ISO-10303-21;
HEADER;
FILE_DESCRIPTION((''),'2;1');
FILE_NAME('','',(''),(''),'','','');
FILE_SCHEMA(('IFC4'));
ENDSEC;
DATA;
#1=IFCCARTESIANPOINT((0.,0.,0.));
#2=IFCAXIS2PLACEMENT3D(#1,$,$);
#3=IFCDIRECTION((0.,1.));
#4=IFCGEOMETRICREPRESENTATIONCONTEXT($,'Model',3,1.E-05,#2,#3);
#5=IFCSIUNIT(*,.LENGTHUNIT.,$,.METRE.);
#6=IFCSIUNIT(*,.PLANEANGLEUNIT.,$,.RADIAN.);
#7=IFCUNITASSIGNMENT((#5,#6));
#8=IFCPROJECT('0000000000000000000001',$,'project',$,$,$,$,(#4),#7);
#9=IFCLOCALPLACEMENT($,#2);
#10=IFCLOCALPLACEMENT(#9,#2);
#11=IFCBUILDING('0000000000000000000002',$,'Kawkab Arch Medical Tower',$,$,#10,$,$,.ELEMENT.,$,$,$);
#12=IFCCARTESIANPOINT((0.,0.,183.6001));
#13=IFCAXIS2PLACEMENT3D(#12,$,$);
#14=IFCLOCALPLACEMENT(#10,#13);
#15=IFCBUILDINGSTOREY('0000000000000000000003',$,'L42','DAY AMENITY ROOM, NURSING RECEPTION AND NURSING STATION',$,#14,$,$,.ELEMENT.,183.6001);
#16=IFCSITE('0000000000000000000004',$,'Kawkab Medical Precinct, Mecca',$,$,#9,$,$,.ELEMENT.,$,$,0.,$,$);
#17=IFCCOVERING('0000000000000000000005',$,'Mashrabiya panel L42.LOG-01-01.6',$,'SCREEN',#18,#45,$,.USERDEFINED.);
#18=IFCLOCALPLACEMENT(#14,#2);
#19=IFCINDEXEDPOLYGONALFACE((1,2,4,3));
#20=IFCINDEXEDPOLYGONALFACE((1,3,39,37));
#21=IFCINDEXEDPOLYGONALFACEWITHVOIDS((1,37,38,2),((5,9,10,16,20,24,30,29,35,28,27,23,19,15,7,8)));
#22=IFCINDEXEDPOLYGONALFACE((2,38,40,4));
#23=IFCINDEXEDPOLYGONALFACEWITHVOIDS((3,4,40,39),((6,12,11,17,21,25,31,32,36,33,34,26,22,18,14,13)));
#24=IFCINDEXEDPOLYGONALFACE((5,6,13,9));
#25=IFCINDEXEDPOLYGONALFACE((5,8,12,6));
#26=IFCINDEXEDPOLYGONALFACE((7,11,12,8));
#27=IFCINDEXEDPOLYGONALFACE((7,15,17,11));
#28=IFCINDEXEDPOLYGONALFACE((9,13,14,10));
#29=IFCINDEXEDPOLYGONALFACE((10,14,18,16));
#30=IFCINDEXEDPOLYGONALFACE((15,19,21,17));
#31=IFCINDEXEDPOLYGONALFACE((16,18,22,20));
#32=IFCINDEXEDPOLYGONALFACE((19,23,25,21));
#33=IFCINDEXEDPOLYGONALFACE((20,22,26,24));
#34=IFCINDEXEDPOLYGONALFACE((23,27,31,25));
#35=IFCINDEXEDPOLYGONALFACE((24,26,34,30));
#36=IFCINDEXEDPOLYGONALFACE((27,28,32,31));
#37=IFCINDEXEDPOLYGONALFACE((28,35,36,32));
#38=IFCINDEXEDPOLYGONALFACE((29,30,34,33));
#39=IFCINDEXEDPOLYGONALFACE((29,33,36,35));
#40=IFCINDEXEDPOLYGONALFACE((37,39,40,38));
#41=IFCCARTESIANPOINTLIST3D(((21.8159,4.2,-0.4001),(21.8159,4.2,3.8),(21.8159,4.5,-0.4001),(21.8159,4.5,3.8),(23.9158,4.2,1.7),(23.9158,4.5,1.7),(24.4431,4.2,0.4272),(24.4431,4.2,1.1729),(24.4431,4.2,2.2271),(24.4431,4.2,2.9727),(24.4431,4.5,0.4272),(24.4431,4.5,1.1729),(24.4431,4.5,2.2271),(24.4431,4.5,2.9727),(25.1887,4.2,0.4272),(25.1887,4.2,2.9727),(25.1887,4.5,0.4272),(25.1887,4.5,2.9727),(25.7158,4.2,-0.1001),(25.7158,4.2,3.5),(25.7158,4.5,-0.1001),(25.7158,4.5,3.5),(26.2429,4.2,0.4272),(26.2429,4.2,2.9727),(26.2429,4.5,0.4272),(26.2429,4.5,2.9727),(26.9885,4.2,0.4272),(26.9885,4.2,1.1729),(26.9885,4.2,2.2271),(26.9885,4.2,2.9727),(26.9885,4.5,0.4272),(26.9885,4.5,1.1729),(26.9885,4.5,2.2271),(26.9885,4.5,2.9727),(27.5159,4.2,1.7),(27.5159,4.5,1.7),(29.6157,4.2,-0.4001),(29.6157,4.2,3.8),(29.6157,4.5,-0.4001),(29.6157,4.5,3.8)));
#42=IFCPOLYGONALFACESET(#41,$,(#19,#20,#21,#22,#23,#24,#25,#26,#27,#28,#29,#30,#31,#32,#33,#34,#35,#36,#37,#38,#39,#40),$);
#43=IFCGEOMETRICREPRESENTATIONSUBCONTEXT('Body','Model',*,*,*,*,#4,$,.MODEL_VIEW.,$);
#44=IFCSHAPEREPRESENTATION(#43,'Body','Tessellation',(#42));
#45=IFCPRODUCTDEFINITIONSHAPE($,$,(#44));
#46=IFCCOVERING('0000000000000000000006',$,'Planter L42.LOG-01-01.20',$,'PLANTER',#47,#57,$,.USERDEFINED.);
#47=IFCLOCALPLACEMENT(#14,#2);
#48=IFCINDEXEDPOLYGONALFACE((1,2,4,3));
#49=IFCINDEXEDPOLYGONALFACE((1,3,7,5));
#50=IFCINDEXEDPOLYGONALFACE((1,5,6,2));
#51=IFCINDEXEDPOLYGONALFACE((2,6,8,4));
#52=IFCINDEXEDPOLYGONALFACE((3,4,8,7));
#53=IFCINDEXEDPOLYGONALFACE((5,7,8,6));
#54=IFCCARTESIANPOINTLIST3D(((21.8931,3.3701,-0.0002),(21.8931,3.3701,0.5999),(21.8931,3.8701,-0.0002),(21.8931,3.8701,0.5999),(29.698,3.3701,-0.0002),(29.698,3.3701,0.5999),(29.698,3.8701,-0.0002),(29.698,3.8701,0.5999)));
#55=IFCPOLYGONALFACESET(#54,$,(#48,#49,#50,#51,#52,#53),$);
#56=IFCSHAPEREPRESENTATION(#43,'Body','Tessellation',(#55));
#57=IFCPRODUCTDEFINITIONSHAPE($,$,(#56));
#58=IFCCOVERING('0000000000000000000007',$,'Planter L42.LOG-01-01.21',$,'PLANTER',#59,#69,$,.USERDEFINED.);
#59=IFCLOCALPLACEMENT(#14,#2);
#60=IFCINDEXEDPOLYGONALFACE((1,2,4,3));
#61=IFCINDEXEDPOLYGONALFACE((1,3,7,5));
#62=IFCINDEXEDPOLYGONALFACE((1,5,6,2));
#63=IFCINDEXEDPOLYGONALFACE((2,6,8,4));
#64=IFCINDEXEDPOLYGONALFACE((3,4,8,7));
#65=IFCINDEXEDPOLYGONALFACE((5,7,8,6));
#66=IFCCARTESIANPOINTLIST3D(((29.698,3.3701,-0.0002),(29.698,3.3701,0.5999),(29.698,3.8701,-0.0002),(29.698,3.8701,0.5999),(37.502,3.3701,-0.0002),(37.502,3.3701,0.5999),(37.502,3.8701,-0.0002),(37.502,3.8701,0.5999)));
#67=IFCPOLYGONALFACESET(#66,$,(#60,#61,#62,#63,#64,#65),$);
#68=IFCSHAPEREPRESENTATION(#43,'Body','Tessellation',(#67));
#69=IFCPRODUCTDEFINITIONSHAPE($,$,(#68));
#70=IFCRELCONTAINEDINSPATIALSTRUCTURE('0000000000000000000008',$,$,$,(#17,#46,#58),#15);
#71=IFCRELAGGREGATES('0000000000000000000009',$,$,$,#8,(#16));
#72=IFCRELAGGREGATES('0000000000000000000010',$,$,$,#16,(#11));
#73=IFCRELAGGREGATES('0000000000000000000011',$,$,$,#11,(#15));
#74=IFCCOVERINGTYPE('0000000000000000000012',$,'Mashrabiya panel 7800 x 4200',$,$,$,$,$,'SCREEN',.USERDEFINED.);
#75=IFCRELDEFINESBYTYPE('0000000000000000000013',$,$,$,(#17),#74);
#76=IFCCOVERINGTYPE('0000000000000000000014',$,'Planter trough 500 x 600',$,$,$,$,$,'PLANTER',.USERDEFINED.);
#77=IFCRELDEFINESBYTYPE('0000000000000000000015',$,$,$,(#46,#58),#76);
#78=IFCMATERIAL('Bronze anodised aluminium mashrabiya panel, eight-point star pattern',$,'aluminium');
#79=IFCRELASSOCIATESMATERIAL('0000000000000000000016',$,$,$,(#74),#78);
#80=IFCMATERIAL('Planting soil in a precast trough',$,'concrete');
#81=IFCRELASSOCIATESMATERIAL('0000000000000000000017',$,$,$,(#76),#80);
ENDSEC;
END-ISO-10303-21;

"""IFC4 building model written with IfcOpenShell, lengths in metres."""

from ifc_helpers import new_model, si_unit, direction, frame, origin, origin_2d, place, context, subcontext, project, spatial, polyline, rectangle, outline, extrude, material, material_profile, profile_set, type_object, element, save


model = new_model("IFC4")

# Units and contexts
model_context = context("Model", 3, precision=1e-05, world=origin(), true_north=direction((0.0, 1.0)))
body_context = subcontext(model_context, "Body", "Model", "MODEL_VIEW")
ifc_project = project(units=[si_unit("LENGTHUNIT", "METRE"), si_unit("PLANEANGLEUNIT", "RADIAN")], contexts=[model_context])

# Site, building, storey
site_placement = place(None, origin())
site = spatial("IfcSite", under=ifc_project, at=site_placement, Name="Kawkab Medical Precinct, Mecca", CompositionType="ELEMENT", RefElevation=0.0)
building_placement = place(site_placement, origin())
building = spatial("IfcBuilding", under=site, at=building_placement, Name="Kawkab Arch Medical Tower", CompositionType="ELEMENT")
storey_placement = place(building_placement, frame((0.0, 0.0, 183.6001)))
storey = spatial("IfcBuildingStorey", under=building, at=storey_placement, Name="L42", Description="DAY AMENITY ROOM, NURSING RECEPTION AND NURSING STATION", CompositionType="ELEMENT", Elevation=183.6001)

# Coverings
ifc_material_1 = material(Name="Bronze anodised aluminium mashrabiya panel, eight-point star pattern", Category="aluminium")
ifc_material_profile_1 = material_profile(ifc_material_1, outline(polyline([(-3.8999, -2.1001), (3.8999, -2.1001), (3.8999, 2.1001), (-3.8999, 2.1001), (-3.8999, -2.1001)]), holes=[polyline([(1.8, 0.0), (1.2727, 0.5271), (1.2727, 1.2727), (0.5271, 1.2727), (0.0, 1.8), (-0.5271, 1.2727), (-1.2727, 1.2727), (-1.2727, 0.5271), (-1.8, 0.0), (-1.2727, -0.5271), (-1.2727, -1.2727), (-0.5271, -1.2727), (0.0, -1.8), (0.5271, -1.2727), (1.2727, -1.2727), (1.2727, -0.5271), (1.8, 0.0)])]), Name="Mashrabiya panel 7800x4200")
ifc_profile_set_1 = profile_set([ifc_material_profile_1], Name="Bronze anodised aluminium mashrabiya panel, eight-point star pattern")
covering_type_1 = type_object("IfcCoveringType", Name="Mashrabiya panel 7800 x 4200", ElementType="SCREEN", PredefinedType="USERDEFINED", material=ifc_profile_set_1)
covering_1_placement = place(storey_placement, frame((25.7158, 4.2, 1.7), z_axis=(0.0, 1.0, 0.0), x_axis=(-1.0, 0.0, 0.0)))
element("IfcCovering", 1, at=covering_1_placement, inside=storey, type_object=covering_type_1, Name="Mashrabiya panel L42.LOG-01-01.6", ObjectType="SCREEN", PredefinedType="USERDEFINED", context=body_context, shape_type="SweptSolid", body=[
    extrude(outline(polyline([(-3.8999, -2.1001), (3.8999, -2.1001), (3.8999, 2.1001), (-3.8999, 2.1001), (-3.8999, -2.1001)]), holes=[polyline([(1.8, 0.0), (1.2727, 0.5271), (1.2727, 1.2727), (0.5271, 1.2727), (0.0, 1.8), (-0.5271, 1.2727), (-1.2727, 1.2727), (-1.2727, 0.5271), (-1.8, 0.0), (-1.2727, -0.5271), (-1.2727, -1.2727), (-0.5271, -1.2727), (0.0, -1.8), (0.5271, -1.2727), (1.2727, -1.2727), (1.2727, -0.5271), (1.8, 0.0)])]), origin(), (0.0, 0.0, 1.0), 0.3),
])
ifc_material_2 = material(Name="Planting soil in a precast trough", Category="concrete")
ifc_material_profile_2 = material_profile(ifc_material_2, rectangle(XDim=0.5, YDim=0.6001, at=origin_2d()), Name="Trough 500x600")
ifc_profile_set_2 = profile_set([ifc_material_profile_2], Name="Planting soil in a precast trough")
covering_type_2 = type_object("IfcCoveringType", Name="Planter trough 500 x 600", ElementType="PLANTER", PredefinedType="USERDEFINED", material=ifc_profile_set_2)
covering_2_placement = place(storey_placement, frame((21.8931, 3.6201, 0.2998), z_axis=(1.0, 0.0, 0.0), x_axis=(0.0, 1.0, 0.0)))
element("IfcCovering", 2, at=covering_2_placement, inside=storey, type_object=covering_type_2, Name="Planter L42.LOG-01-01.20", ObjectType="PLANTER", PredefinedType="USERDEFINED", context=body_context, shape_type="SweptSolid", body=[
    extrude(rectangle(XDim=0.5, YDim=0.6001, at=origin_2d()), origin(), (0.0, 0.0, 1.0), 7.8049),
])
covering_3_placement = place(storey_placement, frame((29.698, 3.6201, 0.2998), z_axis=(1.0, 0.0, 0.0), x_axis=(0.0, 1.0, 0.0)))
element("IfcCovering", 3, at=covering_3_placement, inside=storey, type_object=covering_type_2, Name="Planter L42.LOG-01-01.21", ObjectType="PLANTER", PredefinedType="USERDEFINED", context=body_context, shape_type="SweptSolid", body=[
    extrude(rectangle(XDim=0.5, YDim=0.6001, at=origin_2d()), origin(), (0.0, 0.0, 1.0), 7.804),
])

save(model, "model.ifc")
